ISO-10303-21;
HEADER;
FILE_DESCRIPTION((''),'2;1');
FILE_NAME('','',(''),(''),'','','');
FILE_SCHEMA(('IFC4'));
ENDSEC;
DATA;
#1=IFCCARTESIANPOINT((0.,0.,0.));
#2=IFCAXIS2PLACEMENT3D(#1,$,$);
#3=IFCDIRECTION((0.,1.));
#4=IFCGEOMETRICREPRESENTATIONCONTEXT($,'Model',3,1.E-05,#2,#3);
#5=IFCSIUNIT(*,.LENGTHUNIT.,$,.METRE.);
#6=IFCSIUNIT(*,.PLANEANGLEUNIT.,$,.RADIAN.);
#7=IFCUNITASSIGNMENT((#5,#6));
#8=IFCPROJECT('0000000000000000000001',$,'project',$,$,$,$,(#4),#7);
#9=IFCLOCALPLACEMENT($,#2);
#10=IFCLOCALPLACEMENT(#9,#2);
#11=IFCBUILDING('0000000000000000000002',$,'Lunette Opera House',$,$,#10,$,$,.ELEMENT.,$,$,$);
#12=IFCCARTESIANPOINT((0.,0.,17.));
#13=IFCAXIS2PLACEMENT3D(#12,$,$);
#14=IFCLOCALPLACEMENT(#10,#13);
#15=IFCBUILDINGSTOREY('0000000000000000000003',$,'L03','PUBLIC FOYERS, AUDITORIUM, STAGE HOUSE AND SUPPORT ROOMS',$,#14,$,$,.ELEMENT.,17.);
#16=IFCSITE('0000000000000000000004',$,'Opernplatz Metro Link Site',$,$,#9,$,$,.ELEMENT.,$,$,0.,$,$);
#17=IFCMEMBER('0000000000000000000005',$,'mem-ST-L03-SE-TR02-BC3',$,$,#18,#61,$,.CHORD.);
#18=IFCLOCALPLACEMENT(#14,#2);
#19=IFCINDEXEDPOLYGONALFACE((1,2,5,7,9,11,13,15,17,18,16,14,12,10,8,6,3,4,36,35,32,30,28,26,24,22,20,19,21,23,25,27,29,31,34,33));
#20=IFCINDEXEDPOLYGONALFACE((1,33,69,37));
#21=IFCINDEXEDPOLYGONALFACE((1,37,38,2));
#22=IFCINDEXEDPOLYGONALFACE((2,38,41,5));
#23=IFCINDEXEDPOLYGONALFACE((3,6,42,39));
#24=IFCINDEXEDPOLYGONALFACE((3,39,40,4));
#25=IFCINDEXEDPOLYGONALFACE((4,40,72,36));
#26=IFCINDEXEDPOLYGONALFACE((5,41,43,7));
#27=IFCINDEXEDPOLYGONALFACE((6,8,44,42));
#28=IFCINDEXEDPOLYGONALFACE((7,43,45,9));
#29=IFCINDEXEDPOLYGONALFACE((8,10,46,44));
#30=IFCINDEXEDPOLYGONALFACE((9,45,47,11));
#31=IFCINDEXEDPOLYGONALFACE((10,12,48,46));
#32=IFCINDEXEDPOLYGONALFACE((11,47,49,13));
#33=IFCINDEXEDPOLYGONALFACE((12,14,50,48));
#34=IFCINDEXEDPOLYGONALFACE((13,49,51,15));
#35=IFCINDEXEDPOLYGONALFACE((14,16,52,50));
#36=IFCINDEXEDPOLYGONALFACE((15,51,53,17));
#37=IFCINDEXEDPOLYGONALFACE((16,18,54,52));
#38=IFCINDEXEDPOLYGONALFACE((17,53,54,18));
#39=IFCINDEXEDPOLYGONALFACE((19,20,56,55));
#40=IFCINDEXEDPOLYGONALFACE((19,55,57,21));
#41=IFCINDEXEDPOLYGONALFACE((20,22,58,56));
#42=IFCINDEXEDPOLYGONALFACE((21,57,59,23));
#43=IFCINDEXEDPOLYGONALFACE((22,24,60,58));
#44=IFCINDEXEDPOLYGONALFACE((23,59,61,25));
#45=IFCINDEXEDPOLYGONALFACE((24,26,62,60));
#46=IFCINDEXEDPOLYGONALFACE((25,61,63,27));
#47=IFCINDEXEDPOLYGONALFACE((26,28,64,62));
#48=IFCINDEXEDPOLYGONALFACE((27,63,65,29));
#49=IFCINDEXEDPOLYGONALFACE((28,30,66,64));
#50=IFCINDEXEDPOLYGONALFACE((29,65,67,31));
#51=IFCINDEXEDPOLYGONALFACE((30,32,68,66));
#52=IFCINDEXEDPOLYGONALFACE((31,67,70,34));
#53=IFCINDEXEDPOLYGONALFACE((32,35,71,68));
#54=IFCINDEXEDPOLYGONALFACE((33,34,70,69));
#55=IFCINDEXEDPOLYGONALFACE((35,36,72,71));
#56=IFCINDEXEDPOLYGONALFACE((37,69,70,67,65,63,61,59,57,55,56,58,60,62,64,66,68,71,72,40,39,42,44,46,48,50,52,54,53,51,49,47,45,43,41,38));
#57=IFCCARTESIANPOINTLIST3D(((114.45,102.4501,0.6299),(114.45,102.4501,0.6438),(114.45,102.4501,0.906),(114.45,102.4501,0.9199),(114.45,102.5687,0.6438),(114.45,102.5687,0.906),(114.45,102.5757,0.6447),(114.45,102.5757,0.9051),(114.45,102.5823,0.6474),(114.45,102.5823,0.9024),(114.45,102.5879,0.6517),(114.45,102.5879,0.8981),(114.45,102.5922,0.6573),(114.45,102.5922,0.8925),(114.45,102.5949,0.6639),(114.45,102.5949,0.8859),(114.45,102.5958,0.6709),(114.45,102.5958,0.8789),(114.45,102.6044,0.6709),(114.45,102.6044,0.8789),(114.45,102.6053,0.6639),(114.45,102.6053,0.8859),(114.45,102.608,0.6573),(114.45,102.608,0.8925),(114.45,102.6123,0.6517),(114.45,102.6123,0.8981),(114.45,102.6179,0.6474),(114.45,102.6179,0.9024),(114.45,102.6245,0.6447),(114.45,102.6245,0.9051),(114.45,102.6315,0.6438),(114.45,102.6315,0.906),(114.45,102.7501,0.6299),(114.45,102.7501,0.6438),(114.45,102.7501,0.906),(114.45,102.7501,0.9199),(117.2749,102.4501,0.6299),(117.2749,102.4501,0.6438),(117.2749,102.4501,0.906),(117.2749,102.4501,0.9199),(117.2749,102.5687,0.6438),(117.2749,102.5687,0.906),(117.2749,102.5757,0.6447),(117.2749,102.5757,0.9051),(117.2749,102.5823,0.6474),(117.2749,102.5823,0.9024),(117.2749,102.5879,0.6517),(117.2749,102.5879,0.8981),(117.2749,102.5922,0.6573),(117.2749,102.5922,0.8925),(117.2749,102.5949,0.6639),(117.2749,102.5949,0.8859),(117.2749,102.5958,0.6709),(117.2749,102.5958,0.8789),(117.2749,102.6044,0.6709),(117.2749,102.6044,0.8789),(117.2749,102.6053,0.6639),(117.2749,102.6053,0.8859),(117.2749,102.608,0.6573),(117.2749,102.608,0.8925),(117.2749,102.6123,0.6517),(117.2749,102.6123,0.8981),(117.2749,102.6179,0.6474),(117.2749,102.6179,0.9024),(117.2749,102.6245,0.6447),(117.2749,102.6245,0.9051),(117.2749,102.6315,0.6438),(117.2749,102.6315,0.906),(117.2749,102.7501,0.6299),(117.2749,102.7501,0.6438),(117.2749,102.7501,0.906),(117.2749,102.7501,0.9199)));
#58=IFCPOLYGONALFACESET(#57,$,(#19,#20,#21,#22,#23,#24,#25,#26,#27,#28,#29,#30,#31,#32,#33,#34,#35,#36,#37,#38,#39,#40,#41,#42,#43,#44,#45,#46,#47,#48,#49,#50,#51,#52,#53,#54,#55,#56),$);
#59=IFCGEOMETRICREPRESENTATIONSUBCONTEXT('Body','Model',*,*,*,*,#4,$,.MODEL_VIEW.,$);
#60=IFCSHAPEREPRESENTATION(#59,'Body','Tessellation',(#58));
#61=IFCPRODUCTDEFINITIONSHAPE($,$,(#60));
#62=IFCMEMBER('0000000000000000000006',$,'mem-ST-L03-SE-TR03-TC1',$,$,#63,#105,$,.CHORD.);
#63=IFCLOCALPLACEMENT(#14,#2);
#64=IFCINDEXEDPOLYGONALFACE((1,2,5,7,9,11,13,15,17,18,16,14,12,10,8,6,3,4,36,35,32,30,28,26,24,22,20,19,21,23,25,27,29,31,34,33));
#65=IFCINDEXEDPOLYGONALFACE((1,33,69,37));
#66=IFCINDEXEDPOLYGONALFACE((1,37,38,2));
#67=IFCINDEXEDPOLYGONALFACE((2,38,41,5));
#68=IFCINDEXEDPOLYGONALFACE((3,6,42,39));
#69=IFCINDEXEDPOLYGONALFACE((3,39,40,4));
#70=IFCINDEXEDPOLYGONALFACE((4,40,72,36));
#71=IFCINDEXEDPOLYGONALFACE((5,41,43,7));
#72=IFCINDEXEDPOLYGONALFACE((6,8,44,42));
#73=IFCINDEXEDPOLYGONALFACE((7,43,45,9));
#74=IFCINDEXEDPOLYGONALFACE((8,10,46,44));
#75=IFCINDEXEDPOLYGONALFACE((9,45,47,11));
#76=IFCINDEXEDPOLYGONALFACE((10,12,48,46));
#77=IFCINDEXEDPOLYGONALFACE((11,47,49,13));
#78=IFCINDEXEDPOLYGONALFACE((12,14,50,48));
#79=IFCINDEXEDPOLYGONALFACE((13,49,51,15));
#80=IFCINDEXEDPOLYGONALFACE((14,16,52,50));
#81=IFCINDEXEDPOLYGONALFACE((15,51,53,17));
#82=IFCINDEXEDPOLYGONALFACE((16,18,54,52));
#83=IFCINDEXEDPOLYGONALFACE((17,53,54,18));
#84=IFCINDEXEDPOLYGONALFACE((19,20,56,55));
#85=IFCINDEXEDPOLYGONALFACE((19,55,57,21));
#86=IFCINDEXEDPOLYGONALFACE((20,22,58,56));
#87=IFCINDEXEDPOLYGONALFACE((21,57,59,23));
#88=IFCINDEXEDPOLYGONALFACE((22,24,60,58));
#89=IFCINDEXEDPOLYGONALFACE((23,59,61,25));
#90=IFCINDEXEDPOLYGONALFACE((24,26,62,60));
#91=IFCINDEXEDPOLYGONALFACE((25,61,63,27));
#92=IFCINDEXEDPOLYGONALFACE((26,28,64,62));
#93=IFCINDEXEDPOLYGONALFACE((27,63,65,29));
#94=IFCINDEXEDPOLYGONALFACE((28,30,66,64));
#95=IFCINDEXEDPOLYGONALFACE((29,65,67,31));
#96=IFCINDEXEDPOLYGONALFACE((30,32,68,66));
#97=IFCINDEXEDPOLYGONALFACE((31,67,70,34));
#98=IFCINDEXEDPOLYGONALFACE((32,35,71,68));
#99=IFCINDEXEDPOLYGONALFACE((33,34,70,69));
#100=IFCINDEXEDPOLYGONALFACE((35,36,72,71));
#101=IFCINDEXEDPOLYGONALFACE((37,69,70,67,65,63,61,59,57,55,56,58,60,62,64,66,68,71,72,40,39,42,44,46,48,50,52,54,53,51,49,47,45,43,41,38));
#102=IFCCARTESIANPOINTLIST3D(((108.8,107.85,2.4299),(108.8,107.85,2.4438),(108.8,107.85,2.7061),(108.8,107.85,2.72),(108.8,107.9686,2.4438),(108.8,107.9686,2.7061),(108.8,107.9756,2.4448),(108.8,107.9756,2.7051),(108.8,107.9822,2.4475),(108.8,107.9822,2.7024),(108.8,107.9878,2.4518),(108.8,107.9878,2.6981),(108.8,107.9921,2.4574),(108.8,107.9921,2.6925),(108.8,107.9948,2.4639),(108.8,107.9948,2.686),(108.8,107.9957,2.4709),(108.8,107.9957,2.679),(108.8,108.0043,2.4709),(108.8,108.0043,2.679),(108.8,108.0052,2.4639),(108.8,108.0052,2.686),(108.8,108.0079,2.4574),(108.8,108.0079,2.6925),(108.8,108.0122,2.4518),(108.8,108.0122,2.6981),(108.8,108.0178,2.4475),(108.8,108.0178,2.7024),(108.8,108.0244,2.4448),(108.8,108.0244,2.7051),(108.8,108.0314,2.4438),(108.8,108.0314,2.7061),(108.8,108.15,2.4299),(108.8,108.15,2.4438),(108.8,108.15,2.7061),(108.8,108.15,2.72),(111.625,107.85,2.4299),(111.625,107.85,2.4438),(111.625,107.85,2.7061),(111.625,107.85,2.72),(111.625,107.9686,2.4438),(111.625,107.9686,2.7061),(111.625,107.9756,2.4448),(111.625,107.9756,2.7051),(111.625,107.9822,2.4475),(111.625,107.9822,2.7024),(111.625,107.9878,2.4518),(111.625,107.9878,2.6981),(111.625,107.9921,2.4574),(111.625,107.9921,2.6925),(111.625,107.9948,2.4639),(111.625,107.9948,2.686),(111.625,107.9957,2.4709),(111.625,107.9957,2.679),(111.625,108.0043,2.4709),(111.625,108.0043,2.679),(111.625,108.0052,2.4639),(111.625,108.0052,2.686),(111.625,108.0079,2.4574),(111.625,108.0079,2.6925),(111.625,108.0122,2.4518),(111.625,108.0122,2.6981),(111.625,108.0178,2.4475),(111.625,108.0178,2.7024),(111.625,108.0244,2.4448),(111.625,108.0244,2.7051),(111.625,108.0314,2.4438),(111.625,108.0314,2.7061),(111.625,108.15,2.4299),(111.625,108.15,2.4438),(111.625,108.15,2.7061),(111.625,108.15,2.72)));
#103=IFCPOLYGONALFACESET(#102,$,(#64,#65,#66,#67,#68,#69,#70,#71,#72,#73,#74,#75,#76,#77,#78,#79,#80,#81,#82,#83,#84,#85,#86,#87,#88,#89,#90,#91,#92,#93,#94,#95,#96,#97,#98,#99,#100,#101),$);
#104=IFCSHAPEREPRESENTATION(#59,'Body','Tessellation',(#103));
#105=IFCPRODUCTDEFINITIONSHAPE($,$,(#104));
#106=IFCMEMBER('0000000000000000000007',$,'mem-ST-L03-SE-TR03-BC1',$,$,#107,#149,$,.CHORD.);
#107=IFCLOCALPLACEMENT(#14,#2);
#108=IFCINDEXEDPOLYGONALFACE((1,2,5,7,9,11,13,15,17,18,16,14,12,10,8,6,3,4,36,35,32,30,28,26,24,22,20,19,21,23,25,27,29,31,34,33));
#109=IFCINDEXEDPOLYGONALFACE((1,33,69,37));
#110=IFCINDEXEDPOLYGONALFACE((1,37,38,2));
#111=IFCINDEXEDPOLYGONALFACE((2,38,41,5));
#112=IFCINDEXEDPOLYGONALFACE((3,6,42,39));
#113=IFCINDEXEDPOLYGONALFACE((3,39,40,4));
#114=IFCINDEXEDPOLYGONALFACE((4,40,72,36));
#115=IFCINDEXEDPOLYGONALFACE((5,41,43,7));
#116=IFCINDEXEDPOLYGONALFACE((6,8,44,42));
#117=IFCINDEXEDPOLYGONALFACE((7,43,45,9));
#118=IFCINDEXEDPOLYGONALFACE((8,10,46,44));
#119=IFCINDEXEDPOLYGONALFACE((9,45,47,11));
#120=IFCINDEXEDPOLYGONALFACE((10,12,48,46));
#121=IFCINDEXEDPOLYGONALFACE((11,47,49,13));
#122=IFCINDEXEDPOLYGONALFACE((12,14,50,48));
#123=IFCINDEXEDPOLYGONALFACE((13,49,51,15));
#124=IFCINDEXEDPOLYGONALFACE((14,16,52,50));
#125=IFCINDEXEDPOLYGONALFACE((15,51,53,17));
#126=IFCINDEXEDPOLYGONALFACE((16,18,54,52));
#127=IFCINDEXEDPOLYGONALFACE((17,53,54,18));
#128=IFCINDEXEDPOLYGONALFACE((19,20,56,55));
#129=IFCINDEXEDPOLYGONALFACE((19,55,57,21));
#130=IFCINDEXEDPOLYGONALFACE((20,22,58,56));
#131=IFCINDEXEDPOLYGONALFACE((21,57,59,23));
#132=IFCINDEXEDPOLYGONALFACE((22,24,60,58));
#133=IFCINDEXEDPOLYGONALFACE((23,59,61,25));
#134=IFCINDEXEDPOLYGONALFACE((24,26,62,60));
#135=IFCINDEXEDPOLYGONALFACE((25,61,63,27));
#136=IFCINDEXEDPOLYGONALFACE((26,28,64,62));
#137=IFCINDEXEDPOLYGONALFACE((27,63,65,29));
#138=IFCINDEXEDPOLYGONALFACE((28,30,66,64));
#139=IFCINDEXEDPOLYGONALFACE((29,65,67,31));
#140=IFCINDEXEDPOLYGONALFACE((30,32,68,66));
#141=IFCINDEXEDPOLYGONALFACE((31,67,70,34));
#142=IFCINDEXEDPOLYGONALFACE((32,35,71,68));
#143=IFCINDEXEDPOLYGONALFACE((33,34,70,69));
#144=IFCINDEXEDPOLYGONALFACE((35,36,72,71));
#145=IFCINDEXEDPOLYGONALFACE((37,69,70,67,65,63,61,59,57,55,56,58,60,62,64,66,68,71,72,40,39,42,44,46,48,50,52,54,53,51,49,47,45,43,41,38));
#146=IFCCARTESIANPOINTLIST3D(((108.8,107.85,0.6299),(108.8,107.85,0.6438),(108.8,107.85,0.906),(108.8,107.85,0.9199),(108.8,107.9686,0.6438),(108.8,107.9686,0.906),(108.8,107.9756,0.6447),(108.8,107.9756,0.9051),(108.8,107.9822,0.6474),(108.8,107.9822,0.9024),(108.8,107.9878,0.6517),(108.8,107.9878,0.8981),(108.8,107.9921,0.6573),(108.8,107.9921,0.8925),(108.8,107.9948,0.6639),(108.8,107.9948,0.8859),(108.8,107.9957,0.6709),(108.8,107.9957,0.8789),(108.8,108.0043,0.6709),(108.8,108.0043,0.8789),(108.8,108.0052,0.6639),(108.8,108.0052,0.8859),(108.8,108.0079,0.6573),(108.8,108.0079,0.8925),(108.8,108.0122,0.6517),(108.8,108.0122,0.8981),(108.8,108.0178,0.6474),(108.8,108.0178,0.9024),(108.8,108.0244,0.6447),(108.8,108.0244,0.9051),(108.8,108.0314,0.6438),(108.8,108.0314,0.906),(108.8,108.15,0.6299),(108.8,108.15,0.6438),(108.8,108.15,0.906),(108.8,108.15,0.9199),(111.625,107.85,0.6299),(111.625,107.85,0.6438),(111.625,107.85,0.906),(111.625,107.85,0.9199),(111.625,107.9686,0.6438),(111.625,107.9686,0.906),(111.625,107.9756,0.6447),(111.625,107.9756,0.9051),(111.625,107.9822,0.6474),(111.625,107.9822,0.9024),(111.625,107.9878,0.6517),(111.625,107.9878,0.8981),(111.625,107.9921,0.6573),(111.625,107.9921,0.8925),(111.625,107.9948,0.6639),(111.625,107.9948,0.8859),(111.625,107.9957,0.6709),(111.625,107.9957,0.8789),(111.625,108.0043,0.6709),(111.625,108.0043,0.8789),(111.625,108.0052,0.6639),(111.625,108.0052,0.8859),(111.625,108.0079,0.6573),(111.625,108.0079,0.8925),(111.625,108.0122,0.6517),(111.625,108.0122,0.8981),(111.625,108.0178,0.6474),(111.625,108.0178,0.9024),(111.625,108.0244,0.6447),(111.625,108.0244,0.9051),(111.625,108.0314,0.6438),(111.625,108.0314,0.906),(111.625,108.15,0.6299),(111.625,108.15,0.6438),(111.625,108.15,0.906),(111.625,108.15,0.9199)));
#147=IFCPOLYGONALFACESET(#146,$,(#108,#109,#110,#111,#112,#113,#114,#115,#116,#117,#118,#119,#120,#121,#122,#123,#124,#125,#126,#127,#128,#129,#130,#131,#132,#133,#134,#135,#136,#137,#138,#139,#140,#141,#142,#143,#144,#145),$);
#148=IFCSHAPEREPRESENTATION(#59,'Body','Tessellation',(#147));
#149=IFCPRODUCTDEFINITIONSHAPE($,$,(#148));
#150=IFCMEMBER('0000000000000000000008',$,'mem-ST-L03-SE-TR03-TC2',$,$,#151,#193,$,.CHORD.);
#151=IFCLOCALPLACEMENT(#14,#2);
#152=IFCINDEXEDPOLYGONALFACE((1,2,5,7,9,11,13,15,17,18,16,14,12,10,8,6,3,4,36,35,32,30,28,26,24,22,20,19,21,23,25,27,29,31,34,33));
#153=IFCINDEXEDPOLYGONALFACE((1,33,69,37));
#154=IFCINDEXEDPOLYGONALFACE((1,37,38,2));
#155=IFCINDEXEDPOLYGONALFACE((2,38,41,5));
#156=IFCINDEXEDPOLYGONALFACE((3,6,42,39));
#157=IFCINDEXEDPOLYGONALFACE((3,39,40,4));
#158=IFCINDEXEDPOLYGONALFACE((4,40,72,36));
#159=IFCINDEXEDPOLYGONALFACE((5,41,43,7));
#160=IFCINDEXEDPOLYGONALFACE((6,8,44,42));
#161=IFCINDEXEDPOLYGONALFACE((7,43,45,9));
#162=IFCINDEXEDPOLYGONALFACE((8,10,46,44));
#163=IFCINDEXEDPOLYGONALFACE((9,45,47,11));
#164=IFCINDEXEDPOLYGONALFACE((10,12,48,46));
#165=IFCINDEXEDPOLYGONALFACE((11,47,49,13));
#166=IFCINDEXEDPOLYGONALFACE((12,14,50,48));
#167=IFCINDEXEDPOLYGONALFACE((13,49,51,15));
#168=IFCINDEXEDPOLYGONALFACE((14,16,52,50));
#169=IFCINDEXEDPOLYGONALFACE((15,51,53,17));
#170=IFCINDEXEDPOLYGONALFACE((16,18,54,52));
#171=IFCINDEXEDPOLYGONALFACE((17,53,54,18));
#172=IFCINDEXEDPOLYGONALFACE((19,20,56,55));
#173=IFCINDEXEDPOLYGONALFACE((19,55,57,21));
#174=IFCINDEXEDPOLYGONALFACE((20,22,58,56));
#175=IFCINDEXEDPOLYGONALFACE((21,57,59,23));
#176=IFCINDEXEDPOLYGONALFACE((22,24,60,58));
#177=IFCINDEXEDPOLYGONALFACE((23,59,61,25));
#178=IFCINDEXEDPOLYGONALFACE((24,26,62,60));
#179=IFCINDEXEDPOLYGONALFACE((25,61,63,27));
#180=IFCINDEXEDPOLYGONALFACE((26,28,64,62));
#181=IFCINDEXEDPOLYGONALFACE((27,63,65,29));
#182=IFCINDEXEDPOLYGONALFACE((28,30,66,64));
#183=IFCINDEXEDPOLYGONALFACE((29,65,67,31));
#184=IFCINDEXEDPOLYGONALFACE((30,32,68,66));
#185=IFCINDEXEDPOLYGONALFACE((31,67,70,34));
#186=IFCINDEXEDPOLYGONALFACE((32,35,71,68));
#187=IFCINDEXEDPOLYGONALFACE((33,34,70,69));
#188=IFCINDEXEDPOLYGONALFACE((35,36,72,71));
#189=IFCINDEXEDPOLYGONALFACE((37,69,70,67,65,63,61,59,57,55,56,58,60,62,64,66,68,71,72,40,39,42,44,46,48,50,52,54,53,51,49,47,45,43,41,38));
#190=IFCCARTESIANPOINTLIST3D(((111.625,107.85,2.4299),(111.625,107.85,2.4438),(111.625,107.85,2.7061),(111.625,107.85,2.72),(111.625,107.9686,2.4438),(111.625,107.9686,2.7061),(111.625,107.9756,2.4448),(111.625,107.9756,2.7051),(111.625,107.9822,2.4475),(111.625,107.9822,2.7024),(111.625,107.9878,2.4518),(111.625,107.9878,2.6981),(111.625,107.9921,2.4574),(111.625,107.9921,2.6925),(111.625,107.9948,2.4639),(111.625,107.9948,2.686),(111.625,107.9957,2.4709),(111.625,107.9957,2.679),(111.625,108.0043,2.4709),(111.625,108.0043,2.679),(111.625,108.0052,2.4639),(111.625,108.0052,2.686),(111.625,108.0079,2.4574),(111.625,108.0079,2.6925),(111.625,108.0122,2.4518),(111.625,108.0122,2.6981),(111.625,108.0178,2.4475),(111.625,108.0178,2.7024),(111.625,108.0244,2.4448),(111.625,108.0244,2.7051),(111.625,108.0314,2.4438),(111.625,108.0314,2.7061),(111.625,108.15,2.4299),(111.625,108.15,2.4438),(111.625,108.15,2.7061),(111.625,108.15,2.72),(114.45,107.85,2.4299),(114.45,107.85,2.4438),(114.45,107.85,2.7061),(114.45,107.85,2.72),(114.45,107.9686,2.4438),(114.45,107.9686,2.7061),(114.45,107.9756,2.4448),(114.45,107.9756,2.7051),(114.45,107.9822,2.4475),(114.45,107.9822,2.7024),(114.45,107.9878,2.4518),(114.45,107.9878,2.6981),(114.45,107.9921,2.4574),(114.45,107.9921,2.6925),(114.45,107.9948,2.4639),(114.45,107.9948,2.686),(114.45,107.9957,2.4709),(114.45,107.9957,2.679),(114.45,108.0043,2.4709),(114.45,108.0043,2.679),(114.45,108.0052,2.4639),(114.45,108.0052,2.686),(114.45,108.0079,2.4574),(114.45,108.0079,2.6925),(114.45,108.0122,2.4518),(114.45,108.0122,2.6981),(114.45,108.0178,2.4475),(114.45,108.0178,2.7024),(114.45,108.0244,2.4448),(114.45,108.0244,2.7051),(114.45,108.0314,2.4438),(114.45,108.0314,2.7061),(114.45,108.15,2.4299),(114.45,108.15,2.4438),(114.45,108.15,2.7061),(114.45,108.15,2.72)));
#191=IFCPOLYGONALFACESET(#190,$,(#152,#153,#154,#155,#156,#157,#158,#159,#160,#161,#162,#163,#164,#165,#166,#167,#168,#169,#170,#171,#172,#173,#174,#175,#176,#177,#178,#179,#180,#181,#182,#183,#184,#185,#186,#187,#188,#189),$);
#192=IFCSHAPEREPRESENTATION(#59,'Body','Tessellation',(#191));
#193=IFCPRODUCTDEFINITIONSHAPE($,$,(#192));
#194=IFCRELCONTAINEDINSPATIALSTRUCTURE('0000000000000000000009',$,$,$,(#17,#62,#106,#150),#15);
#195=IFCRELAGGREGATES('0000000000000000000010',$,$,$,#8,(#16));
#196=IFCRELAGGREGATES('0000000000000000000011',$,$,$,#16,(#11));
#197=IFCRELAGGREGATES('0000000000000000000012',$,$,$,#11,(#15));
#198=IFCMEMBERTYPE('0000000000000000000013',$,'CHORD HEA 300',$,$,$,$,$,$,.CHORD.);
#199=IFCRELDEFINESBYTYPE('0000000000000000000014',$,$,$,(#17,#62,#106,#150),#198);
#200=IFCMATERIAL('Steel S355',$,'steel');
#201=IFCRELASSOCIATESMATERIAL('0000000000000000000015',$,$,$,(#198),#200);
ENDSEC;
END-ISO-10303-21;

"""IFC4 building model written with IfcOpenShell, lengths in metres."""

from ifc_helpers import new_model, si_unit, direction, frame, origin, origin_2d, place, context, subcontext, project, spatial, i_section, extrude, material, material_profile, profile_set, type_object, element, save


model = new_model("IFC4")

# Units and contexts
model_context = context("Model", 3, precision=1e-05, world=origin(), true_north=direction((0.0, 1.0)))
body_context = subcontext(model_context, "Body", "Model", "MODEL_VIEW")
ifc_project = project(units=[si_unit("LENGTHUNIT", "METRE"), si_unit("PLANEANGLEUNIT", "RADIAN")], contexts=[model_context])

# Site, building, storey
site_placement = place(None, origin())
site = spatial("IfcSite", under=ifc_project, at=site_placement, Name="Opernplatz Metro Link Site", CompositionType="ELEMENT", RefElevation=0.0)
building_placement = place(site_placement, origin())
building = spatial("IfcBuilding", under=site, at=building_placement, Name="Lunette Opera House", CompositionType="ELEMENT")
storey_placement = place(building_placement, frame((0.0, 0.0, 17.0)))
storey = spatial("IfcBuildingStorey", under=building, at=storey_placement, Name="L03", Description="PUBLIC FOYERS, AUDITORIUM, STAGE HOUSE AND SUPPORT ROOMS", CompositionType="ELEMENT", Elevation=17.0)

# Members
ifc_material_1 = material(Name="Steel S355", Category="steel")
ifc_material_profile_1 = material_profile(ifc_material_1, i_section(OverallWidth=0.3, OverallDepth=0.29, WebThickness=0.0085, FlangeThickness=0.0139, FilletRadius=0.0271, at=origin_2d()), Name="HEA 300")
ifc_profile_set_1 = profile_set([ifc_material_profile_1], Name="Steel S355")
member_type_1 = type_object("IfcMemberType", Name="CHORD HEA 300", PredefinedType="CHORD", material=ifc_profile_set_1)
for number, where, z_axis, x_axis, name in (
    (1, (114.45, 102.6001, 0.7749), (1.0, 0.0, 0.0), (0.0, 1.0, 0.0), "mem-ST-L03-SE-TR02-BC3"),
    (2, (108.8, 108.0, 2.575), (1.0, 0.0, 0.0), (0.0, 1.0, 0.0), "mem-ST-L03-SE-TR03-TC1"),
    (3, (108.8, 108.0, 0.7749), (1.0, 0.0, 0.0), (0.0, 1.0, 0.0), "mem-ST-L03-SE-TR03-BC1"),
    (4, (111.625, 108.0, 2.575), (1.0, 0.0, 0.0), (0.0, 1.0, 0.0), "mem-ST-L03-SE-TR03-TC2"),
):
    element("IfcMember", number, at=place(storey_placement, frame(where, z_axis=z_axis, x_axis=x_axis)), inside=storey, type_object=member_type_1, Name=name, PredefinedType="CHORD", context=body_context, shape_type="SweptSolid", body=[
        extrude(i_section(OverallWidth=0.3, OverallDepth=0.29, WebThickness=0.0085, FlangeThickness=0.0139, FilletRadius=0.0271, at=origin_2d()), origin(), (0.0, 0.0, 1.0), 2.825),
    ])

save(model, "model.ifc")
